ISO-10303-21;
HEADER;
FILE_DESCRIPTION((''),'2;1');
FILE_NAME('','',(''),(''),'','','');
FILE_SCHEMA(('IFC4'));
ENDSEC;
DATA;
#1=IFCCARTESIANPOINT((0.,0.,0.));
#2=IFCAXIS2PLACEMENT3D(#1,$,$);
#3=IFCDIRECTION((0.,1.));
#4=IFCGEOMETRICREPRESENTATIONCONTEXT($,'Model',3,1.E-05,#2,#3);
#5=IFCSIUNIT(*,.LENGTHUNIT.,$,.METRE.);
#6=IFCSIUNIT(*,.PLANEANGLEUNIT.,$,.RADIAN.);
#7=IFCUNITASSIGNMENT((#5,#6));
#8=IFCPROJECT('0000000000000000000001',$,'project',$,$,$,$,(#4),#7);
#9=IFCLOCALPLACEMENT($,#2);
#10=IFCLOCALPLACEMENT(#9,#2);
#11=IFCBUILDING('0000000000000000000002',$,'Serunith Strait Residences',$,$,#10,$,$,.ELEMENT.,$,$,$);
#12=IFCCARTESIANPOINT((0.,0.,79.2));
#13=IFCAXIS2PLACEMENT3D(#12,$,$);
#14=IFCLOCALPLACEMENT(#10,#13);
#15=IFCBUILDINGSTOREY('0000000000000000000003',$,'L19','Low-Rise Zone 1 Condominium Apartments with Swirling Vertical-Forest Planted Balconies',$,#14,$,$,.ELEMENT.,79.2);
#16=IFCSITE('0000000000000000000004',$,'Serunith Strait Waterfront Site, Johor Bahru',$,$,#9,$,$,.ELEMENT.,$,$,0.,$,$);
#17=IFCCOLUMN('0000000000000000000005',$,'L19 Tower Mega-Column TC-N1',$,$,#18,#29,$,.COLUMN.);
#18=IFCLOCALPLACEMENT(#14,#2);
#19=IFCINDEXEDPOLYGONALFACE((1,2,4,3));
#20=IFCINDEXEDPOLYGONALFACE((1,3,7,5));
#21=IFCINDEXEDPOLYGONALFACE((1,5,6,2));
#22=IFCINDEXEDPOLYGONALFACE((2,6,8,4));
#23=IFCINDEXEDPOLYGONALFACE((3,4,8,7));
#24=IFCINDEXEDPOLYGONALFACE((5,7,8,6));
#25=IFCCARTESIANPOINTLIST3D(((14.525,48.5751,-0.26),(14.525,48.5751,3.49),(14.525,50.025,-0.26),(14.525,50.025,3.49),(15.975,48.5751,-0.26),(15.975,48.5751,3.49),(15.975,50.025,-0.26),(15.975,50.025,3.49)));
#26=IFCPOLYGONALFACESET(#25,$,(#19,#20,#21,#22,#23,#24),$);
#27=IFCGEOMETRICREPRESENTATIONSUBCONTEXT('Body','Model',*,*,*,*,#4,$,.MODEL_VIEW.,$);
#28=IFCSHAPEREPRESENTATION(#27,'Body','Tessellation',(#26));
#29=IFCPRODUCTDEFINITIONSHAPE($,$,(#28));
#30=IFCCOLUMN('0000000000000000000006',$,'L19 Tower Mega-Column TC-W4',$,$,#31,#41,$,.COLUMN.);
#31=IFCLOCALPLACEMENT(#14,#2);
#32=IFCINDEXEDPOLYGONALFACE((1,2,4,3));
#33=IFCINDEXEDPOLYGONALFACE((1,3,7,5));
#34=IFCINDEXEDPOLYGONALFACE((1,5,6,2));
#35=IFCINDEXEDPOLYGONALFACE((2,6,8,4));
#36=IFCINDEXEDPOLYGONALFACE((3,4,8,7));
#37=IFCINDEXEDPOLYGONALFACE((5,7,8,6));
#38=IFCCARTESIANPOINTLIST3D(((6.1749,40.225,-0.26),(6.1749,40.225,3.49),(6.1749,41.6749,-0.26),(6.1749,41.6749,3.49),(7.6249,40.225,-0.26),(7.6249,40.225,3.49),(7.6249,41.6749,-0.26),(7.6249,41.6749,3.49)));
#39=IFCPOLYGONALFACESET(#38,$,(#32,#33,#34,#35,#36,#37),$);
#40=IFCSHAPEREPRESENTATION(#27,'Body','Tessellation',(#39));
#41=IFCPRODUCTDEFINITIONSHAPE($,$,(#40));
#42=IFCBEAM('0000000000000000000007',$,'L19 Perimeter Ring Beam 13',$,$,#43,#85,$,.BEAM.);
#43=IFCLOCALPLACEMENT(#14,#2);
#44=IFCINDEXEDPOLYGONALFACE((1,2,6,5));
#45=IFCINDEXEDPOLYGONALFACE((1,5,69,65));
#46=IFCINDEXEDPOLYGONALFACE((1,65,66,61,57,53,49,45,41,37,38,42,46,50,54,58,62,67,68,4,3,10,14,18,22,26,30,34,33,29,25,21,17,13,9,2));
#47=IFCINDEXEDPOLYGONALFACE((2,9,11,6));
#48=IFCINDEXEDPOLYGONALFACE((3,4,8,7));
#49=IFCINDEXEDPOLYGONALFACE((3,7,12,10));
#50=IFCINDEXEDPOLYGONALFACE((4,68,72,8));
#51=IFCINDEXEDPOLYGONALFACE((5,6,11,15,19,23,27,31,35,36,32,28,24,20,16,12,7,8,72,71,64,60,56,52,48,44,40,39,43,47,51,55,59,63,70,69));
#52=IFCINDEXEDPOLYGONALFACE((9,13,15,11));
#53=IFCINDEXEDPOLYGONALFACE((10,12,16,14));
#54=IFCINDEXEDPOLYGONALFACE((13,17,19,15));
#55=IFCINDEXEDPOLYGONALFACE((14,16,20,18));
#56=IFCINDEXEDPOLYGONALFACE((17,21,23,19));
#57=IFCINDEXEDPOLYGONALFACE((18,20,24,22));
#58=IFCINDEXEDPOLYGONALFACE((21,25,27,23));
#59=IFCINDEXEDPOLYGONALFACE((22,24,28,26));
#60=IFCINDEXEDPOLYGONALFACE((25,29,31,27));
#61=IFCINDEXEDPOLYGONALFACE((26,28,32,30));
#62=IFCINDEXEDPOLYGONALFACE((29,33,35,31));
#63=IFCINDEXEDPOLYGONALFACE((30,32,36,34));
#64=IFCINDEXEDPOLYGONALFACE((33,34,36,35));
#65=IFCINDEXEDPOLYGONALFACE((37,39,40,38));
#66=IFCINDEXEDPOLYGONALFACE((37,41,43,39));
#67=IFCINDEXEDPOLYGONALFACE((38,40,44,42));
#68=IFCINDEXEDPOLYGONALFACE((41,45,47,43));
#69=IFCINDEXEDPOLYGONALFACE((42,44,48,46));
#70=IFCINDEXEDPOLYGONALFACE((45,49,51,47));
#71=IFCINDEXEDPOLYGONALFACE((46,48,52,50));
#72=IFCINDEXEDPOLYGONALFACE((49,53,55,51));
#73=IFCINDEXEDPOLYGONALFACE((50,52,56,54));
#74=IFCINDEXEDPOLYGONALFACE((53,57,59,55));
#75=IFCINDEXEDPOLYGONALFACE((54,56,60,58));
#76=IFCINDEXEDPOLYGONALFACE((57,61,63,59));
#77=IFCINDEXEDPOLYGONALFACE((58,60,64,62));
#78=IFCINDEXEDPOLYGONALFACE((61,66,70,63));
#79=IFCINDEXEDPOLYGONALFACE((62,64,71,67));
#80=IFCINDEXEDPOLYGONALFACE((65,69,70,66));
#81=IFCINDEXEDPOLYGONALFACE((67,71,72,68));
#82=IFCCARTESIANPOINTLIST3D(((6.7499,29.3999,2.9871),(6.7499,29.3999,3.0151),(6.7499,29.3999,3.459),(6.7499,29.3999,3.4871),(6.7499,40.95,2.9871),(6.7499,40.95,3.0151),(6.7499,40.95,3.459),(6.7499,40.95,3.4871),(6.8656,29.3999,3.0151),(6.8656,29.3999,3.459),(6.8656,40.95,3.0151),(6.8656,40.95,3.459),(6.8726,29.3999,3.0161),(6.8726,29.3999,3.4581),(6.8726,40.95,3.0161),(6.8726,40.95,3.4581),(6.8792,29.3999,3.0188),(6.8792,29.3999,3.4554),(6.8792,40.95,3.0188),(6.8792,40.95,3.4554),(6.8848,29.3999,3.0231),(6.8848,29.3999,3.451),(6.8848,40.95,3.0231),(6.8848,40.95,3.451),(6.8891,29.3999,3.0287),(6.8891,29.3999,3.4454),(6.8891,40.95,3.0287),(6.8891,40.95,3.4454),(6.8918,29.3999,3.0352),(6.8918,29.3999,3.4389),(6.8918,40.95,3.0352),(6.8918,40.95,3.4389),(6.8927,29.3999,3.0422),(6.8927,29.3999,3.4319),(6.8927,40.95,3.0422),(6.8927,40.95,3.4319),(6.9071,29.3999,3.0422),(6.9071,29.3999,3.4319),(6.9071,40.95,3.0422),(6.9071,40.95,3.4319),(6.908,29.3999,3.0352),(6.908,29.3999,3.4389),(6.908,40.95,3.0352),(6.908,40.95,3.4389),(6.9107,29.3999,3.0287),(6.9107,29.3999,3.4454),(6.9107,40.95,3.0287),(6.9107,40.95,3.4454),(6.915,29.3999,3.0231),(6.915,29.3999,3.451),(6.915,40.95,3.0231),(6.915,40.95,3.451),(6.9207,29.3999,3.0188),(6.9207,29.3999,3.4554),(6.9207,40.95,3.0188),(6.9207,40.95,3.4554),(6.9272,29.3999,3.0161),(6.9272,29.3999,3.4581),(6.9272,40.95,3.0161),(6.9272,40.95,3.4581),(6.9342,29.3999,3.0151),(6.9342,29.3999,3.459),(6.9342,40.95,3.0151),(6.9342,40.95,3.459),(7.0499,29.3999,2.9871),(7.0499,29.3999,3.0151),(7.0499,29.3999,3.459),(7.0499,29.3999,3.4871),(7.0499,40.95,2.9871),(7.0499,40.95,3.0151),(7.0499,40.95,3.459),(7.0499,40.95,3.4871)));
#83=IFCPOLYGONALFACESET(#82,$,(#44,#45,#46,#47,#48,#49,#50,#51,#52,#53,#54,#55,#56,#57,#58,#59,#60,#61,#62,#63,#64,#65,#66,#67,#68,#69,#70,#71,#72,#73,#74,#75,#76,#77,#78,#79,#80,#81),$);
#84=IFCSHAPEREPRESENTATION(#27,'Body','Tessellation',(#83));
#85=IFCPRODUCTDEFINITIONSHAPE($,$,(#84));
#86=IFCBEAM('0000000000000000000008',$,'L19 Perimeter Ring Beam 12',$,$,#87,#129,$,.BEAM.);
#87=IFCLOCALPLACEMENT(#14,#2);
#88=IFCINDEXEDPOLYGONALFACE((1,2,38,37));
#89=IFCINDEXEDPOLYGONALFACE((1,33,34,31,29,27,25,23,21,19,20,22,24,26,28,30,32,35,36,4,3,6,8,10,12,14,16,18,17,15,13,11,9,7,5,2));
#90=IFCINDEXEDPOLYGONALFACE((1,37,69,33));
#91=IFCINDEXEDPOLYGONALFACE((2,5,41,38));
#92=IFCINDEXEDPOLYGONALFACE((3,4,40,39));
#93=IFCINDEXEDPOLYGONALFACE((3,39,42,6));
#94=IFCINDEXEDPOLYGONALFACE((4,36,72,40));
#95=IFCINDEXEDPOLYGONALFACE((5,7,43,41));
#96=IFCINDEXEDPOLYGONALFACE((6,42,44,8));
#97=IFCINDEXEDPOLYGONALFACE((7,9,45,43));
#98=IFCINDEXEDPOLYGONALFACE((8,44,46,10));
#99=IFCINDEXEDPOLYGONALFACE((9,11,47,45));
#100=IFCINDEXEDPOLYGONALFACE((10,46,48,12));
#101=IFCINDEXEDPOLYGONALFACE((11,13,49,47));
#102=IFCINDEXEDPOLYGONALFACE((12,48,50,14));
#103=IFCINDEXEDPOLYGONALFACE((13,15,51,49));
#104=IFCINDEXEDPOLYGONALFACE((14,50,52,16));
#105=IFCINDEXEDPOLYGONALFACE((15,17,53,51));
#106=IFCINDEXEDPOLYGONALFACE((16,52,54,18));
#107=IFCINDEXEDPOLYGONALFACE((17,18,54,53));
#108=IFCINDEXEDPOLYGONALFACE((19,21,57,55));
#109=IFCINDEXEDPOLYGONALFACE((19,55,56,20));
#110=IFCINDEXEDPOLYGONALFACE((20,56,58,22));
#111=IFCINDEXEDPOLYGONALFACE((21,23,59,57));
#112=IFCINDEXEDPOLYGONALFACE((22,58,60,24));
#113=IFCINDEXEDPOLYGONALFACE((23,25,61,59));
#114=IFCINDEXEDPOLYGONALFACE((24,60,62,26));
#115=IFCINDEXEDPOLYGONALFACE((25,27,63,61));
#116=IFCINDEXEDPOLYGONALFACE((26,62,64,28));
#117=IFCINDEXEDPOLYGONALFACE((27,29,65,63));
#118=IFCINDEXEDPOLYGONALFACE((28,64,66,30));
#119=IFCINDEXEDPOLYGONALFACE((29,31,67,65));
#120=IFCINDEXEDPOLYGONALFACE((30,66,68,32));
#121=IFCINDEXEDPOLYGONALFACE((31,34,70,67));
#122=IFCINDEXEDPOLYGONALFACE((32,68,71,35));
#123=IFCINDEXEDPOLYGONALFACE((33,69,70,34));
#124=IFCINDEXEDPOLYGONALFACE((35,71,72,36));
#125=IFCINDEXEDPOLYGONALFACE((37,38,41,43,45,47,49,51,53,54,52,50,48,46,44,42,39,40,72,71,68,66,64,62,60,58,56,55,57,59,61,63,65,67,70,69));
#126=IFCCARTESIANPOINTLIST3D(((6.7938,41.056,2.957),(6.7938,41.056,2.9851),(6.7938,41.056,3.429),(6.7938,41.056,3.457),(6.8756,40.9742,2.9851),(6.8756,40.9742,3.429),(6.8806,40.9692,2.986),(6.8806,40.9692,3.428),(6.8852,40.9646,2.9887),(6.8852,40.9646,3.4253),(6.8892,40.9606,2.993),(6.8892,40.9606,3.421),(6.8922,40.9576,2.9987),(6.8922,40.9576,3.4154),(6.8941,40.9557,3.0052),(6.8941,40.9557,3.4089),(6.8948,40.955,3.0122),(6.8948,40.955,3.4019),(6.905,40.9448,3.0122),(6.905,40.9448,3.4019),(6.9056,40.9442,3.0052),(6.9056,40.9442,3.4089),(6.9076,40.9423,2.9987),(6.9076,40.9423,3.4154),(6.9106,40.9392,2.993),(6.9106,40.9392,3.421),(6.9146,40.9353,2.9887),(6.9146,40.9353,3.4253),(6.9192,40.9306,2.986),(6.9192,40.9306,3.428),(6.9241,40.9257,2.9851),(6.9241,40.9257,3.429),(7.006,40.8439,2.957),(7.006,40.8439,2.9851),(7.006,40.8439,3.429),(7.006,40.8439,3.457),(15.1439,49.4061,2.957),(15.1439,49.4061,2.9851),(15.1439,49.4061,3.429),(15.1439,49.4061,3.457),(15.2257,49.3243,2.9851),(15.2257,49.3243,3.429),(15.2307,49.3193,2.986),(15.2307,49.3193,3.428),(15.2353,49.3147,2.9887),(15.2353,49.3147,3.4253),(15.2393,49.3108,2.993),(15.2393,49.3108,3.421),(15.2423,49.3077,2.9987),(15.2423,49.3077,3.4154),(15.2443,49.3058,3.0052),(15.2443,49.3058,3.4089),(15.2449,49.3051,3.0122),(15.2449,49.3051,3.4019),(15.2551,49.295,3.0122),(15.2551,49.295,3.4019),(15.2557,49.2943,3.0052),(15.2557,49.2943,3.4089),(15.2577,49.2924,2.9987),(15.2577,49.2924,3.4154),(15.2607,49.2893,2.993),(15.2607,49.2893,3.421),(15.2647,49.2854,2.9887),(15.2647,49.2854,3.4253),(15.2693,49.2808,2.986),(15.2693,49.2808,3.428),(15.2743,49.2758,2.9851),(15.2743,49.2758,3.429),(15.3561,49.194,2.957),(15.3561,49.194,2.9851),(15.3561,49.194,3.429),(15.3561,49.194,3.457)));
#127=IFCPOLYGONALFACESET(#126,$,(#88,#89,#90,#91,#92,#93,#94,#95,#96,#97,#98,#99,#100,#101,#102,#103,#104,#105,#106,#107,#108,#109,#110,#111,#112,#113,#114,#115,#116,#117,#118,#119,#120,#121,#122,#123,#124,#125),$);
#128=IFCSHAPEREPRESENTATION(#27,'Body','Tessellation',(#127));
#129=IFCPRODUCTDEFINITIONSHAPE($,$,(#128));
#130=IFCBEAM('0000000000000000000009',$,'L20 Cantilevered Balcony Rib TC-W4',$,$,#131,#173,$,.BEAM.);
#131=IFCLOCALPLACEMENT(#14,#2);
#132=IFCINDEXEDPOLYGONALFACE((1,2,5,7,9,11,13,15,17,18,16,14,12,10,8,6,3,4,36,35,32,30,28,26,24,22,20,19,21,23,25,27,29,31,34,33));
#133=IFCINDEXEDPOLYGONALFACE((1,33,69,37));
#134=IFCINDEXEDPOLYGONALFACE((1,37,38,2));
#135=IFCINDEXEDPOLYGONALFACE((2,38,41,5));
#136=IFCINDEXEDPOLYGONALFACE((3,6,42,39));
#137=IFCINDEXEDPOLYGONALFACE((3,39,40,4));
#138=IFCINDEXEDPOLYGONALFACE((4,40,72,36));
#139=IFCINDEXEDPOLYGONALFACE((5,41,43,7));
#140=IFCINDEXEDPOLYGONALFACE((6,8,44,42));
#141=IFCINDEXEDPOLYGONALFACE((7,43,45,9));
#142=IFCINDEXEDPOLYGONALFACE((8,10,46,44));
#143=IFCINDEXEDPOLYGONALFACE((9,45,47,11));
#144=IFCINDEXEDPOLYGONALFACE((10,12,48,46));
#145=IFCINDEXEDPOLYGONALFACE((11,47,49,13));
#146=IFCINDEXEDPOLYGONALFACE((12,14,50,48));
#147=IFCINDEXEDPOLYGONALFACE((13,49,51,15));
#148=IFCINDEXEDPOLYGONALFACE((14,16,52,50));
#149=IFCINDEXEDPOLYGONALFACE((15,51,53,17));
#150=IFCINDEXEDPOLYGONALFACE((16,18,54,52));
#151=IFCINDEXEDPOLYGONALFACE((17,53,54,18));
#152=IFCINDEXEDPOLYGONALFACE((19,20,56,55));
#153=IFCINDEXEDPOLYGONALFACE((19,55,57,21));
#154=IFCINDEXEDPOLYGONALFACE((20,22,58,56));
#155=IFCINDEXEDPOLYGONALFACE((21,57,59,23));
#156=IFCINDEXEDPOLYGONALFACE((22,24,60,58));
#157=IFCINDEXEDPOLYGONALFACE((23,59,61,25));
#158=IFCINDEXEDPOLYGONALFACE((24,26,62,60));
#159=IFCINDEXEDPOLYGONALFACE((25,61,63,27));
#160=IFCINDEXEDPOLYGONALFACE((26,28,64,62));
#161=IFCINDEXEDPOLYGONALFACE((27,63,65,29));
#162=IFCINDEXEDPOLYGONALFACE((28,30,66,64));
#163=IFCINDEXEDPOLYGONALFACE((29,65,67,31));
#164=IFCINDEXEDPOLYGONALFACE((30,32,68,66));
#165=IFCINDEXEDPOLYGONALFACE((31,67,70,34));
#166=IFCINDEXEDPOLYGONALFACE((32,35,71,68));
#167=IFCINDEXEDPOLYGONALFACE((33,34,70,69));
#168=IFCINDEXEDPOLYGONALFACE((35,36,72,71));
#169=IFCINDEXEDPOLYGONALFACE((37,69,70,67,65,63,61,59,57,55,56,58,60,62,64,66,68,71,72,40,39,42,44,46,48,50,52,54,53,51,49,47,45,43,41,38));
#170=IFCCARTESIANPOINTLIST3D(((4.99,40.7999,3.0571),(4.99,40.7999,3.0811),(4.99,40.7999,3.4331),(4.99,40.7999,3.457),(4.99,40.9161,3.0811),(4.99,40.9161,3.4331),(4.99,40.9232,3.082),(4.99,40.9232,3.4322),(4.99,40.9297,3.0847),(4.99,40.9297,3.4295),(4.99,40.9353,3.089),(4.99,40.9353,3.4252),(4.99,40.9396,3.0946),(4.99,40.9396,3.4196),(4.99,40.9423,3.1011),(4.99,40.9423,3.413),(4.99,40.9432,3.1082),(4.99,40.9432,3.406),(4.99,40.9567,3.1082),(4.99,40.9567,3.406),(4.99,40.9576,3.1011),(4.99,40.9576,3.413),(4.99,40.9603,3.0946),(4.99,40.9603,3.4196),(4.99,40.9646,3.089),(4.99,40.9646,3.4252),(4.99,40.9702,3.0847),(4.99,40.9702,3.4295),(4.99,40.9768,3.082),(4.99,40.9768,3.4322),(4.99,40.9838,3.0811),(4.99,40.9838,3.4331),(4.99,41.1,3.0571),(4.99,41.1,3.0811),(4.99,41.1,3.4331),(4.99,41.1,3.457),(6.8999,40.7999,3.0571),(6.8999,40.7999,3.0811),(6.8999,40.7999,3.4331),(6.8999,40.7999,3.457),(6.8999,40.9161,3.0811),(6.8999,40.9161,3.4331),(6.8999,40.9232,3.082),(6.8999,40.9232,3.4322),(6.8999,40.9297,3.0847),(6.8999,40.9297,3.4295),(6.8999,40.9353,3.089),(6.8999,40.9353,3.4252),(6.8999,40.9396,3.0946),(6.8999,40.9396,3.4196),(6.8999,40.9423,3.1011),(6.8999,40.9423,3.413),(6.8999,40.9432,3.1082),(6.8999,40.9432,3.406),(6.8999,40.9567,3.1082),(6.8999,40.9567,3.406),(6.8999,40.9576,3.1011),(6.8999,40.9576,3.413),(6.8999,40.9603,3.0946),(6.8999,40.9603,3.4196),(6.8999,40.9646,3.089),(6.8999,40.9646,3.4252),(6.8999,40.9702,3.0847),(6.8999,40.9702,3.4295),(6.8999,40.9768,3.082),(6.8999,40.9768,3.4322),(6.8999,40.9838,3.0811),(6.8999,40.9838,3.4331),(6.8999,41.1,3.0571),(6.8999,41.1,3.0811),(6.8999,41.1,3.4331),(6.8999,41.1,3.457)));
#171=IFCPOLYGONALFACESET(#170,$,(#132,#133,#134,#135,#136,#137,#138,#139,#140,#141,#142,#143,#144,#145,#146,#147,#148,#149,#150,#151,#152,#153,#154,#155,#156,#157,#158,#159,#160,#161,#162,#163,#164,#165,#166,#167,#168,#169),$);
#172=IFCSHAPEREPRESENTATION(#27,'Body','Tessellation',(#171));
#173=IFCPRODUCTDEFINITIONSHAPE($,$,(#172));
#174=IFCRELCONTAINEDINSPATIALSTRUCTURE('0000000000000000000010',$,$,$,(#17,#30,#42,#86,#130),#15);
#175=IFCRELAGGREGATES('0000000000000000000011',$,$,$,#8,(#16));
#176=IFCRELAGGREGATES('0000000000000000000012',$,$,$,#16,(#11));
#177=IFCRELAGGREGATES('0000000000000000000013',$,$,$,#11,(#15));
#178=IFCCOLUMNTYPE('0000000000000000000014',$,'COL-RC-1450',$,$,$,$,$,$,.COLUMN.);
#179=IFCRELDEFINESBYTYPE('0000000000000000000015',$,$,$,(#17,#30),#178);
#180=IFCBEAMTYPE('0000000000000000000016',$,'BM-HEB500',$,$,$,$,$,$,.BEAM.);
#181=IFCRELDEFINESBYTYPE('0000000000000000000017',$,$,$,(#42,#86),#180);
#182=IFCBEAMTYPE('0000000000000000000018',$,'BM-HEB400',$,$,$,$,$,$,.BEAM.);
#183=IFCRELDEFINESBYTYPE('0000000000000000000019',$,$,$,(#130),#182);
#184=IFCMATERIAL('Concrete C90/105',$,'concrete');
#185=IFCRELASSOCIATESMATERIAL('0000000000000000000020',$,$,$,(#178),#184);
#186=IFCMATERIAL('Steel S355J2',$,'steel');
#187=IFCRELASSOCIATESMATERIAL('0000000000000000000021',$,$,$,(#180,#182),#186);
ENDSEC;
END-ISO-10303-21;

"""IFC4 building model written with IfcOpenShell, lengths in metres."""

from ifc_helpers import new_model, si_unit, direction, frame, origin, origin_2d, place, context, subcontext, project, spatial, rectangle, i_section, extrude, source, transform, mapped, material, material_profile, profile_set, type_object, element, save


model = new_model("IFC4")

# Units and contexts
model_context = context("Model", 3, precision=1e-05, world=origin(), true_north=direction((0.0, 1.0)))
body_context = subcontext(model_context, "Body", "Model", "MODEL_VIEW")
ifc_project = project(units=[si_unit("LENGTHUNIT", "METRE"), si_unit("PLANEANGLEUNIT", "RADIAN")], contexts=[model_context])

# Site, building, storey
site_placement = place(None, origin())
site = spatial("IfcSite", under=ifc_project, at=site_placement, Name="Serunith Strait Waterfront Site, Johor Bahru", CompositionType="ELEMENT", RefElevation=0.0)
building_placement = place(site_placement, origin())
building = spatial("IfcBuilding", under=site, at=building_placement, Name="Serunith Strait Residences", CompositionType="ELEMENT")
storey_placement = place(building_placement, frame((0.0, 0.0, 79.2)))
storey = spatial("IfcBuildingStorey", under=building, at=storey_placement, Name="L19", Description="Low-Rise Zone 1 Condominium Apartments with Swirling Vertical-Forest Planted Balconies", CompositionType="ELEMENT", Elevation=79.2)

# Columns
ifc_material_1 = material(Name="Concrete C90/105", Category="concrete")
ifc_material_profile_1 = material_profile(ifc_material_1, rectangle(XDim=1.45, YDim=1.45, at=origin_2d()), Name="RC 1450x1450")
ifc_profile_set_1 = profile_set([ifc_material_profile_1], Name="Concrete C90/105")
column_type = type_object("IfcColumnType", Name="COL-RC-1450", PredefinedType="COLUMN", material=ifc_profile_set_1)
shared_shape_1 = source(origin(), body_context, "Body", "SweptSolid", [
    extrude(rectangle(XDim=1.45, YDim=1.45, at=origin_2d()), origin(), (0.0, 0.0, 1.0), 3.75),
])
for number, where, z_axis, x_axis, name in (
    (1, (15.25, 49.3, -0.26), (0.0, 0.0, 1.0), (1.0, 0.0, 0.0), "L19 Tower Mega-Column TC-N1"),
    (2, (6.8999, 40.95, -0.26), (0.0, 0.0, 1.0), (1.0, 0.0, 0.0), "L19 Tower Mega-Column TC-W4"),
):
    element("IfcColumn", number, at=place(storey_placement, frame(where, z_axis=z_axis, x_axis=x_axis)), inside=storey, type_object=column_type, Name=name, PredefinedType="COLUMN", context=body_context, shape_type="MappedRepresentation", body=[
        mapped(shared_shape_1, transform((0.0, 0.0, 0.0), scale=1.0)),
    ])

# Beams
ifc_material_2 = material(Name="Steel S355J2", Category="steel")
ifc_material_profile_2 = material_profile(ifc_material_2, i_section(OverallWidth=0.3, OverallDepth=0.5, WebThickness=0.0144, FlangeThickness=0.0281, FilletRadius=0.0271, at=origin_2d()), Name="HEB 500")
ifc_profile_set_2 = profile_set([ifc_material_profile_2], Name="Steel S355J2")
beam_type_1 = type_object("IfcBeamType", Name="BM-HEB500", PredefinedType="BEAM", material=ifc_profile_set_2)
shared_shape_2 = source(origin(), body_context, "Body", "SweptSolid", [
    extrude(i_section(OverallWidth=0.3, OverallDepth=0.5, WebThickness=0.0144, FlangeThickness=0.0281, FilletRadius=0.0271, at=origin_2d()), origin(), (0.0, 0.0, 1.0), 11.55),
])
beam_1_placement = place(storey_placement, frame((6.8999, 40.95, 3.2371), z_axis=(0.0, -1.0, 0.0), x_axis=(1.0, 0.0, 0.0)))
element("IfcBeam", 3, at=beam_1_placement, inside=storey, type_object=beam_type_1, Name="L19 Perimeter Ring Beam 13", PredefinedType="BEAM", context=body_context, shape_type="MappedRepresentation", body=[
    mapped(shared_shape_2, transform((0.0, 0.0, 0.0), scale=1.0)),
])
shared_shape_3 = source(origin(), body_context, "Body", "SweptSolid", [
    extrude(i_section(OverallWidth=0.3, OverallDepth=0.5, WebThickness=0.0144, FlangeThickness=0.0281, FilletRadius=0.0271, at=origin_2d()), origin(), (0.0, 0.0, 1.0), 11.8088),
])
beam_2_placement = place(storey_placement, frame((15.25, 49.3, 3.207), z_axis=(-0.707107, -0.707107, 0.0), x_axis=(0.707107, -0.707107, 0.0)))
element("IfcBeam", 4, at=beam_2_placement, inside=storey, type_object=beam_type_1, Name="L19 Perimeter Ring Beam 12", PredefinedType="BEAM", context=body_context, shape_type="MappedRepresentation", body=[
    mapped(shared_shape_3, transform((0.0, 0.0, 0.0), scale=1.0)),
])
ifc_material_profile_3 = material_profile(ifc_material_2, i_section(OverallWidth=0.3, OverallDepth=0.3999, WebThickness=0.0134, FlangeThickness=0.0239, FilletRadius=0.0271, at=origin_2d()), Name="HEB 400")
ifc_profile_set_3 = profile_set([ifc_material_profile_3], Name="Steel S355J2")
beam_type_2 = type_object("IfcBeamType", Name="BM-HEB400", PredefinedType="BEAM", material=ifc_profile_set_3)
shared_shape_4 = source(origin(), body_context, "Body", "SweptSolid", [
    extrude(i_section(OverallWidth=0.3, OverallDepth=0.3999, WebThickness=0.0134, FlangeThickness=0.0239, FilletRadius=0.0271, at=origin_2d()), origin(), (0.0, 0.0, 1.0), 1.9099),
])
beam_3_placement = place(storey_placement, frame((6.8999, 40.95, 3.2571), z_axis=(-1.0, 0.0, 0.0), x_axis=(0.0, -1.0, 0.0)))
element("IfcBeam", 5, at=beam_3_placement, inside=storey, type_object=beam_type_2, Name="L20 Cantilevered Balcony Rib TC-W4", PredefinedType="BEAM", context=body_context, shape_type="MappedRepresentation", body=[
    mapped(shared_shape_4, transform((0.0, 0.0, 0.0), scale=1.0)),
])

save(model, "model.ifc")
